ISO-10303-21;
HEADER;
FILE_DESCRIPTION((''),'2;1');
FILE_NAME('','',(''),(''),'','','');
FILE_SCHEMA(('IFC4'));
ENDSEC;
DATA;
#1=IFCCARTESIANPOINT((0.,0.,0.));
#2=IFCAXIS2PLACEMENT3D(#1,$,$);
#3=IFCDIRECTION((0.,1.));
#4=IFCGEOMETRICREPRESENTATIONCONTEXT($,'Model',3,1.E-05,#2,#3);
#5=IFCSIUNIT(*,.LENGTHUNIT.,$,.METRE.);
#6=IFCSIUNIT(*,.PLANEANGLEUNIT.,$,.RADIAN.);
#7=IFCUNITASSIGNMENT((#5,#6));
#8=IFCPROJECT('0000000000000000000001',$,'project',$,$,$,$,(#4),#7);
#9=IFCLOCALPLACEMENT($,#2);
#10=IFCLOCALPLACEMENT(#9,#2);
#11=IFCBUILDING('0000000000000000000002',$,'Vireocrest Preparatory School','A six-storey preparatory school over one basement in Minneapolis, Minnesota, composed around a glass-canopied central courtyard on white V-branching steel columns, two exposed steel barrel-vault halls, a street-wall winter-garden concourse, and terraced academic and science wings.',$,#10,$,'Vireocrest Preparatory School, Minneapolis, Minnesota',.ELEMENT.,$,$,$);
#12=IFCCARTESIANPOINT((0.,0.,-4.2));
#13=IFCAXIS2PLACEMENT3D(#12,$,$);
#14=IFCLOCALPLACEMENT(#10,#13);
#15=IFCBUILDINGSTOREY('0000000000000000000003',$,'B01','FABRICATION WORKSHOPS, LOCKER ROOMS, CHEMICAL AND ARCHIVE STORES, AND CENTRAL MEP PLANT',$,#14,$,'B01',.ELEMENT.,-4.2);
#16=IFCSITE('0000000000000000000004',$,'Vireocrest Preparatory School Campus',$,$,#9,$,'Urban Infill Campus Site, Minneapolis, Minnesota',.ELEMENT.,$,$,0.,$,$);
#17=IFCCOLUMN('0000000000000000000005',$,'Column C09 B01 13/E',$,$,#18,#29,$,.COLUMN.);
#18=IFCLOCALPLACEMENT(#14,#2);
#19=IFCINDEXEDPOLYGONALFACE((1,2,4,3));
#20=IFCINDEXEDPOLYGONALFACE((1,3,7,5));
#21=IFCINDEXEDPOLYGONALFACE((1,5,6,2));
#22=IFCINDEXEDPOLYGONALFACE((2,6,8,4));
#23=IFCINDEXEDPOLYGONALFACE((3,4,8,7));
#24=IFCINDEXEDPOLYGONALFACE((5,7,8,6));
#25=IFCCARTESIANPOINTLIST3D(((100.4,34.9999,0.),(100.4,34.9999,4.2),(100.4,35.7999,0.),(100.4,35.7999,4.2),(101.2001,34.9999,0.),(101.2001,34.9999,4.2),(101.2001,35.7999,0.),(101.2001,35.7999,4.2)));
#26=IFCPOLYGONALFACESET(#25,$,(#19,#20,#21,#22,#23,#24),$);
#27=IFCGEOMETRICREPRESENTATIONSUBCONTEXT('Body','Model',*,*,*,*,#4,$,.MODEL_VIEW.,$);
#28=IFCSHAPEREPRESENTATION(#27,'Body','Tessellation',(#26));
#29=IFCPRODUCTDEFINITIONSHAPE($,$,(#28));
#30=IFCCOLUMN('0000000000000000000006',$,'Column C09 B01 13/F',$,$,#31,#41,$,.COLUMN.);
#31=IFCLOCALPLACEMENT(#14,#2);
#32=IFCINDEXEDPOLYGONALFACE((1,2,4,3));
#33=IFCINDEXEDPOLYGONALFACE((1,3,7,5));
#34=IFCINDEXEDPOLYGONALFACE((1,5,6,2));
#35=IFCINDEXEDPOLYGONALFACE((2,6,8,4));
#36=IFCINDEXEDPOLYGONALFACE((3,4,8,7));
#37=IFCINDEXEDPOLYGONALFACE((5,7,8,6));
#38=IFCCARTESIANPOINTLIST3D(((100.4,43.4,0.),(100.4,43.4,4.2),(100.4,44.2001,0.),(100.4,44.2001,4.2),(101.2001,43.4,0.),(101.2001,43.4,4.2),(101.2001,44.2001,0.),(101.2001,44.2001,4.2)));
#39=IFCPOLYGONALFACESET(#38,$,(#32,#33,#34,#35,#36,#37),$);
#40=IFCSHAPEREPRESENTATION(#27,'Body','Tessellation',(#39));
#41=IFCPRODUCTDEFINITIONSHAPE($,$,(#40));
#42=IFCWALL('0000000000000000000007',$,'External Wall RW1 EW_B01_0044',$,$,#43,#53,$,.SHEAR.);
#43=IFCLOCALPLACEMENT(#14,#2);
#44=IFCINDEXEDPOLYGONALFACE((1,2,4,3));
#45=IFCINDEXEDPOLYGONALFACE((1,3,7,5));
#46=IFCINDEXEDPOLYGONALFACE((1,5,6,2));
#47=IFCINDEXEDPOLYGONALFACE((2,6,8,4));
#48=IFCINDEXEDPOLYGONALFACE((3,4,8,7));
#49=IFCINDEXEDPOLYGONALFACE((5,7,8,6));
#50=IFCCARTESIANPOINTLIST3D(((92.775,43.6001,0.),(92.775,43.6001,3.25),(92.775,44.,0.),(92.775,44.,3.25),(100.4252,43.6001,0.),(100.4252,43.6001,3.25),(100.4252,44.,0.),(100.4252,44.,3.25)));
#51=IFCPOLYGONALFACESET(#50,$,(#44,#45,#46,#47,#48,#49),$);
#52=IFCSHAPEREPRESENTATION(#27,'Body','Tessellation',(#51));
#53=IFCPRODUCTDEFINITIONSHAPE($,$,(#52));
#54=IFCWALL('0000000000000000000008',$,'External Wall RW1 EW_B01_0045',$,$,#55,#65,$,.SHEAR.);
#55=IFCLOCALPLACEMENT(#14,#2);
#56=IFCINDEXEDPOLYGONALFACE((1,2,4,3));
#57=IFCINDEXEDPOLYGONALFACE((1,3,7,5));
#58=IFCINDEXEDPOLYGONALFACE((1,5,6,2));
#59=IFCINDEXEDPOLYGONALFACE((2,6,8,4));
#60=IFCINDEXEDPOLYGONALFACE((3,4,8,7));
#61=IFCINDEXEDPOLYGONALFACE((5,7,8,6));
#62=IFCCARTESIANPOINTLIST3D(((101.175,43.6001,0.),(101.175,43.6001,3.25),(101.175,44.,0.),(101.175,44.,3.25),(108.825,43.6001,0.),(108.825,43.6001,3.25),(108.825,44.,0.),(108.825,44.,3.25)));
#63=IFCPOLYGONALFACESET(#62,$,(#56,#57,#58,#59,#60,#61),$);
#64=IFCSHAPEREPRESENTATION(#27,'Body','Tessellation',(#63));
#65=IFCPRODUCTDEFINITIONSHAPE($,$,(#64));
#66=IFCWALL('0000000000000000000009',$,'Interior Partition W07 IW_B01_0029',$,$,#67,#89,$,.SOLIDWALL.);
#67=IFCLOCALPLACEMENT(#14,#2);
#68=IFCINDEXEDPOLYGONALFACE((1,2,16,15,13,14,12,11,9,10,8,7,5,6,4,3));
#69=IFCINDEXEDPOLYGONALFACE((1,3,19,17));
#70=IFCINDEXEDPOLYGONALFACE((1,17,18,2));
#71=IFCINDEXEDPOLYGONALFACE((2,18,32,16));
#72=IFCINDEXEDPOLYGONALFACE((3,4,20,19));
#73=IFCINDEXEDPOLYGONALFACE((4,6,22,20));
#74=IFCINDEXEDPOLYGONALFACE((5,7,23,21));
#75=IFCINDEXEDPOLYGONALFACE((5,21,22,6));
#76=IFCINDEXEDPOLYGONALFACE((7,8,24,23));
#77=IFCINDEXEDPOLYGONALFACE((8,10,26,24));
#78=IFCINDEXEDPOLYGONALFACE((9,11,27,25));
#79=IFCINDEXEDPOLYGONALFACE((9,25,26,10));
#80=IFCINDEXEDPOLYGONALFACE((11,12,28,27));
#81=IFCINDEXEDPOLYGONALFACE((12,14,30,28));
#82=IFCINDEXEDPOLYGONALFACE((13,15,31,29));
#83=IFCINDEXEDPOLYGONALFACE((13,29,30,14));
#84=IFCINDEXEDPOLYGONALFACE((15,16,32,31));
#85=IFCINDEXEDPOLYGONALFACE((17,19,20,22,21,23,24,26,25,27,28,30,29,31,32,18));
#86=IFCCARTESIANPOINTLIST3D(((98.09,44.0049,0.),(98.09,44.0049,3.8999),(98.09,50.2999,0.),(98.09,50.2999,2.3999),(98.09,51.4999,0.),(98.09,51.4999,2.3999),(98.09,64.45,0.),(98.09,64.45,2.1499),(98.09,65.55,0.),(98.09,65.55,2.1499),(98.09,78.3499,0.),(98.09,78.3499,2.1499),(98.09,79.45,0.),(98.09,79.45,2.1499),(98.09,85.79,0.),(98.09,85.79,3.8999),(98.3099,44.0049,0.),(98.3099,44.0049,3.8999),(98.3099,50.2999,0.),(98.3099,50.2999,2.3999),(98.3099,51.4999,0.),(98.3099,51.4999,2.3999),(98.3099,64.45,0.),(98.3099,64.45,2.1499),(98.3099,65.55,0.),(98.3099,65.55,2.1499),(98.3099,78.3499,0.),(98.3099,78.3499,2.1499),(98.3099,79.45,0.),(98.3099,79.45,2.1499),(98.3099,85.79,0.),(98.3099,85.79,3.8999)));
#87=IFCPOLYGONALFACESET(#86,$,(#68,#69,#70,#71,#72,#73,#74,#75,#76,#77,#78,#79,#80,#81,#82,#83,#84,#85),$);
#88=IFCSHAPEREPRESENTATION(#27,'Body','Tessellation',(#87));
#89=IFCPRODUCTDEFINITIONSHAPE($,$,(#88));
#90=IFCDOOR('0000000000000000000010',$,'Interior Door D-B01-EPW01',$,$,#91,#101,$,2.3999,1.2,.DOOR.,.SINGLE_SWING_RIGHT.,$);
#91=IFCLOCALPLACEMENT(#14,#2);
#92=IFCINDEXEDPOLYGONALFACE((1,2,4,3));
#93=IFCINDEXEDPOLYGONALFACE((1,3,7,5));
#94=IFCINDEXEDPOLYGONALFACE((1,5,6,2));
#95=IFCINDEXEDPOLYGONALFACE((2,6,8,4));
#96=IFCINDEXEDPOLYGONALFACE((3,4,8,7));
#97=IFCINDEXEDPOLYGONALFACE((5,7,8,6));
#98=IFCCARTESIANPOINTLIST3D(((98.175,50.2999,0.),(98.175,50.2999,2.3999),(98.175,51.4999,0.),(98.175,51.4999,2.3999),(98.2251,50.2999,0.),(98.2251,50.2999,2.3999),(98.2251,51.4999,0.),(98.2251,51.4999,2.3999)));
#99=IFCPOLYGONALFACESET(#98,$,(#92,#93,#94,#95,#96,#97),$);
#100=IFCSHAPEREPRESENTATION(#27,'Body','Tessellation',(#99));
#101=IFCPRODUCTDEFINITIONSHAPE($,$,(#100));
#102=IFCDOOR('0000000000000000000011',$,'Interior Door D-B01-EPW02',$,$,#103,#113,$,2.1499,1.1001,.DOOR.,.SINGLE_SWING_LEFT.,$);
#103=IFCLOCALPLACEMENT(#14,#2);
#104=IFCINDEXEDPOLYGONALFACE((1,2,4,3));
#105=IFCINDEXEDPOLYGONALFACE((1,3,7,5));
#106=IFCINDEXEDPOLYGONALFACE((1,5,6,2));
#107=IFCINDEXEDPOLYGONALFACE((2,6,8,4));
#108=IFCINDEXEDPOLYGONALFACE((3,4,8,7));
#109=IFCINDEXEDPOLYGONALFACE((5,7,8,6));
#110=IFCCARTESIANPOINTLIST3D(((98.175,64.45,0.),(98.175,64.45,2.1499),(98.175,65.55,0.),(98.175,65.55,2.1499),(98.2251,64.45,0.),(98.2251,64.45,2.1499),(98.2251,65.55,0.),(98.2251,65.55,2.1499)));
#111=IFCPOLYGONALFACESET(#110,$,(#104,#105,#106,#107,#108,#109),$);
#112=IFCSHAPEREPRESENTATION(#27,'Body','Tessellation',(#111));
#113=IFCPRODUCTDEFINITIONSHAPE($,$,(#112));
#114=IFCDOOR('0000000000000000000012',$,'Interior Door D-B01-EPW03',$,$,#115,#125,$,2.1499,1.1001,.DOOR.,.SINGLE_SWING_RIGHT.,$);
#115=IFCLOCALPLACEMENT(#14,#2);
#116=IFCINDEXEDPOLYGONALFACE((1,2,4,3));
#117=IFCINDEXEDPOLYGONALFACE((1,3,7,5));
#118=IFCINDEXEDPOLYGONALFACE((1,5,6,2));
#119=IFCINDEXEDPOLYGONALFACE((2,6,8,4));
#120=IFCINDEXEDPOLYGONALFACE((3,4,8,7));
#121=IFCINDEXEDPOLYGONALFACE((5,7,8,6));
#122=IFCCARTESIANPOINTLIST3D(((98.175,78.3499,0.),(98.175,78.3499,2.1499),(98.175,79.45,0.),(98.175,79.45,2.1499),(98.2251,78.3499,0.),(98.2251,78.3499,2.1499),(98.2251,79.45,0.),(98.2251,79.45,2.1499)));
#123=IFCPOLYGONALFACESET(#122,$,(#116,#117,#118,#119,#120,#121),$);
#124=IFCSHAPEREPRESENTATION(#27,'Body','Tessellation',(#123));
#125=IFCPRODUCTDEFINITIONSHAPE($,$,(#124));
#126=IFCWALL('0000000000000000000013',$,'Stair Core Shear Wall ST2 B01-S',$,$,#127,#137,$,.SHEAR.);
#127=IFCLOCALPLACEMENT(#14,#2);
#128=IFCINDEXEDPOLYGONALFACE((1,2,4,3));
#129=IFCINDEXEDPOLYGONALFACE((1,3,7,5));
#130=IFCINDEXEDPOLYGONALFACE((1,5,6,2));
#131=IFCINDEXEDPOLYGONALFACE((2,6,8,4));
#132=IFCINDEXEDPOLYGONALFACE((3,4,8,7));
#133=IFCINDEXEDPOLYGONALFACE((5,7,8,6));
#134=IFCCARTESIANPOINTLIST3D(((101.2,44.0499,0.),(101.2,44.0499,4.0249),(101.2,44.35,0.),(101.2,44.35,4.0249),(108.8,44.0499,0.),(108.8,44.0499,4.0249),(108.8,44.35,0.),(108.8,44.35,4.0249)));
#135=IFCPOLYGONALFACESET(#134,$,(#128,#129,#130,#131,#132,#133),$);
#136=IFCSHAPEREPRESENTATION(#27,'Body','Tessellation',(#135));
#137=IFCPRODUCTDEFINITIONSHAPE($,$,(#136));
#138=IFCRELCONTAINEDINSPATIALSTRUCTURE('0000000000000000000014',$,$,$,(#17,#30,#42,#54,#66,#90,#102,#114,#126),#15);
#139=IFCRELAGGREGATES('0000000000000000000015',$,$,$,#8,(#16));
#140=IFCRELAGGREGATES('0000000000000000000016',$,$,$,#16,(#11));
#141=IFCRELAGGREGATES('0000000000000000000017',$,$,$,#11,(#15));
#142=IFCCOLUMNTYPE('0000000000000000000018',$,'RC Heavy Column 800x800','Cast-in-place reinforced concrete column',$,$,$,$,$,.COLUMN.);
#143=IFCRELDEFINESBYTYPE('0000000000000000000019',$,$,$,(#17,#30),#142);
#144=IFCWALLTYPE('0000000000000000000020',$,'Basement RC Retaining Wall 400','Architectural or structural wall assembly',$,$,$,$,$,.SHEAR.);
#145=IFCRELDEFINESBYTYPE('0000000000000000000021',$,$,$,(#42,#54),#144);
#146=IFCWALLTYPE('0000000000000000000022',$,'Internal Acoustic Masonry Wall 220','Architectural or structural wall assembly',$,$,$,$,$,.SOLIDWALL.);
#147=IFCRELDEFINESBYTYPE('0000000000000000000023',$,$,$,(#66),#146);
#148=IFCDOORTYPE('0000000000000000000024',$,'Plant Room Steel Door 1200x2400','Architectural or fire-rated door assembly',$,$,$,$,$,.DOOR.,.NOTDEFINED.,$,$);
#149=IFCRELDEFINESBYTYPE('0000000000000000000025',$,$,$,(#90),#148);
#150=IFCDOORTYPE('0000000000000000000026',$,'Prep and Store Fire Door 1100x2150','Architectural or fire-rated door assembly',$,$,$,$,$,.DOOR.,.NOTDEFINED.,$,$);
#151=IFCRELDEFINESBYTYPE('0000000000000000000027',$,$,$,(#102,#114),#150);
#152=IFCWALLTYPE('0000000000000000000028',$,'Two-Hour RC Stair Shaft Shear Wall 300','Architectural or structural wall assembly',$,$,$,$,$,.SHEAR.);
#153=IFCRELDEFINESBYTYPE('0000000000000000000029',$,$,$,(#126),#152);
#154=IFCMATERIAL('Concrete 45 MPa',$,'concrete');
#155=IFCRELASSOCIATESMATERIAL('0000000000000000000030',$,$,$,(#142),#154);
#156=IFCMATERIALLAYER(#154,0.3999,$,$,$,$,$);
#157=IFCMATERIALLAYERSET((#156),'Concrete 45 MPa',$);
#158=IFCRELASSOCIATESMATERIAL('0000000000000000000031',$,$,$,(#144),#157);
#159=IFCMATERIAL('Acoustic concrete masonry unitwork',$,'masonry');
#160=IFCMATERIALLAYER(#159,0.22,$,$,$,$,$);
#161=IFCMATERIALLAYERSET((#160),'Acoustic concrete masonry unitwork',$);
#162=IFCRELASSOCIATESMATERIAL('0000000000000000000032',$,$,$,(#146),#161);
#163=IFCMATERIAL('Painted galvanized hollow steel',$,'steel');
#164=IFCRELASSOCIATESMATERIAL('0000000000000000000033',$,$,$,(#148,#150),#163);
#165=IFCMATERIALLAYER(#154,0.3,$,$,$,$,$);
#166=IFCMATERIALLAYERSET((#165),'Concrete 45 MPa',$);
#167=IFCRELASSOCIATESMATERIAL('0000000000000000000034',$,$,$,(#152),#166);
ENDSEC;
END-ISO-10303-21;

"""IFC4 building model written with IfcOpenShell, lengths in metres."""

from ifc_helpers import new_model, si_unit, direction, frame, frame_2d, origin, origin_2d, place, context, subcontext, project, spatial, rectangle, extrude, material, layer, layer_set, material_profile, profile_set, type_object, element, fill, save


model = new_model("IFC4")

# Units and contexts
model_context = context("Model", 3, precision=1e-05, world=origin(), true_north=direction((0.0, 1.0)))
body_context = subcontext(model_context, "Body", "Model", "MODEL_VIEW")
ifc_project = project(units=[si_unit("LENGTHUNIT", "METRE"), si_unit("PLANEANGLEUNIT", "RADIAN")], contexts=[model_context])

# Site, building, storey
site_placement = place(None, origin())
site = spatial("IfcSite", under=ifc_project, at=site_placement, Name="Vireocrest Preparatory School Campus", LongName="Urban Infill Campus Site, Minneapolis, Minnesota", CompositionType="ELEMENT", RefElevation=0.0)
building_placement = place(site_placement, origin())
building = spatial("IfcBuilding", under=site, at=building_placement, Name="Vireocrest Preparatory School", Description="A six-storey preparatory school over one basement in Minneapolis, Minnesota, composed around a glass-canopied central courtyard on white V-branching steel columns, two exposed steel barrel-vault halls, a street-wall winter-garden concourse, and terraced academic and science wings.", LongName="Vireocrest Preparatory School, Minneapolis, Minnesota", CompositionType="ELEMENT")
storey_placement = place(building_placement, frame((0.0, 0.0, -4.2)))
storey = spatial("IfcBuildingStorey", under=building, at=storey_placement, Name="B01", Description="FABRICATION WORKSHOPS, LOCKER ROOMS, CHEMICAL AND ARCHIVE STORES, AND CENTRAL MEP PLANT", LongName="B01", CompositionType="ELEMENT", Elevation=-4.2)

# Columns
ifc_material_1 = material(Name="Concrete 45 MPa", Category="concrete")
ifc_material_profile_1 = material_profile(ifc_material_1, rectangle(XDim=0.8, YDim=0.8, at=origin_2d()), Name="RC 800x800")
ifc_profile_set_1 = profile_set([ifc_material_profile_1], Name="Concrete 45 MPa")
column_type = type_object("IfcColumnType", Name="RC Heavy Column 800x800", Description="Cast-in-place reinforced concrete column", PredefinedType="COLUMN", material=ifc_profile_set_1)
for number, where, z_axis, x_axis, name in (
    (1, (100.8, 35.3999, 0.0), (0.0, 0.0, 1.0), (1.0, 0.0, 0.0), "Column C09 B01 13/E"),
    (2, (100.8, 43.8, 0.0), (0.0, 0.0, 1.0), (1.0, 0.0, 0.0), "Column C09 B01 13/F"),
):
    element("IfcColumn", number, at=place(storey_placement, frame(where, z_axis=z_axis, x_axis=x_axis)), inside=storey, type_object=column_type, Name=name, PredefinedType="COLUMN", context=body_context, shape_type="SweptSolid", body=[
        extrude(rectangle(XDim=0.8, YDim=0.8, at=origin_2d()), origin(), (0.0, 0.0, 1.0), 4.2),
    ])

# Walls
ifc_layer_1 = layer(ifc_material_1, 0.3999)
ifc_layer_set_1 = layer_set([ifc_layer_1], Name="Concrete 45 MPa")
wall_type_1 = type_object("IfcWallType", Name="Basement RC Retaining Wall 400", Description="Architectural or structural wall assembly", PredefinedType="SHEAR", material=ifc_layer_set_1)
wall_1_placement = place(storey_placement, frame((92.7749, 43.8, 0.0), z_axis=(0.0, 0.0, 1.0), x_axis=(1.0, 0.0, 0.0)))
element("IfcWall", 3, at=wall_1_placement, inside=storey, type_object=wall_type_1, Name="External Wall RW1 EW_B01_0044", PredefinedType="SHEAR", context=body_context, shape_type="SweptSolid", body=[
    extrude(rectangle(XDim=7.6501, YDim=0.3999, at=frame_2d((3.8252, 0.0))), origin(), (0.0, 0.0, 1.0), 3.25),
])
wall_2_placement = place(storey_placement, frame((101.175, 43.8, 0.0), z_axis=(0.0, 0.0, 1.0), x_axis=(1.0, 0.0, 0.0)))
element("IfcWall", 4, at=wall_2_placement, inside=storey, type_object=wall_type_1, Name="External Wall RW1 EW_B01_0045", PredefinedType="SHEAR", context=body_context, shape_type="SweptSolid", body=[
    extrude(rectangle(XDim=7.6499, YDim=0.3999, at=frame_2d((3.825, 0.0))), origin(), (0.0, 0.0, 1.0), 3.25),
])

# Wall, openings, doors
ifc_material_2 = material(Name="Acoustic concrete masonry unitwork", Category="masonry")
ifc_layer_2 = layer(ifc_material_2, 0.22)
ifc_layer_set_2 = layer_set([ifc_layer_2], Name="Acoustic concrete masonry unitwork")
wall_type_2 = type_object("IfcWallType", Name="Internal Acoustic Masonry Wall 220", Description="Architectural or structural wall assembly", PredefinedType="SOLIDWALL", material=ifc_layer_set_2)
wall_3_placement = place(storey_placement, frame((98.2, 44.0049, 0.0), z_axis=(0.0, 0.0, 1.0), x_axis=(0.0, 1.0, 0.0)))
wall_3 = element("IfcWall", 5, at=wall_3_placement, inside=storey, type_object=wall_type_2, Name="Interior Partition W07 IW_B01_0029", PredefinedType="SOLIDWALL", context=body_context, shape_type="SweptSolid", body=[
    extrude(rectangle(XDim=41.7852, YDim=0.22, at=frame_2d((20.8926, 0.0))), origin(), (0.0, 0.0, 1.0), 3.8999),
])
opening_1_placement = place(wall_3_placement, frame((6.2949, 0.0, 0.0)))
opening_1 = element("IfcOpeningElement", 6, at=opening_1_placement, cuts=wall_3, PredefinedType="OPENING", context=body_context, shape_type="SweptSolid", body=[
    extrude(rectangle(XDim=1.2, YDim=2.3999, at=frame_2d((0.6001, 1.2))), frame((0.0, 0.1199, 0.0), z_axis=(0.0, -1.0, 0.0), x_axis=(1.0, 0.0, 0.0)), (0.0, 0.0, 1.0), 0.24),
])
opening_2_placement = place(wall_3_placement, frame((20.4451, 0.0, 0.0)))
opening_2 = element("IfcOpeningElement", 7, at=opening_2_placement, cuts=wall_3, PredefinedType="OPENING", context=body_context, shape_type="SweptSolid", body=[
    extrude(rectangle(XDim=1.1001, YDim=2.1499, at=frame_2d((0.55, 1.075))), frame((0.0, 0.1199, 0.0), z_axis=(0.0, -1.0, 0.0), x_axis=(1.0, 0.0, 0.0)), (0.0, 0.0, 1.0), 0.24),
])
opening_3_placement = place(wall_3_placement, frame((34.345, 0.0, 0.0)))
opening_3 = element("IfcOpeningElement", 8, at=opening_3_placement, cuts=wall_3, PredefinedType="OPENING", context=body_context, shape_type="SweptSolid", body=[
    extrude(rectangle(XDim=1.1001, YDim=2.1499, at=frame_2d((0.55, 1.075))), frame((0.0, 0.1199, 0.0), z_axis=(0.0, -1.0, 0.0), x_axis=(1.0, 0.0, 0.0)), (0.0, 0.0, 1.0), 0.24),
])
ifc_material_3 = material(Name="Painted galvanized hollow steel", Category="steel")
door_type_1 = type_object("IfcDoorType", Name="Plant Room Steel Door 1200x2400", Description="Architectural or fire-rated door assembly", OperationType="NOTDEFINED", PredefinedType="DOOR", material=ifc_material_3)
door_1_placement = place(opening_1_placement, origin())
door_1 = element("IfcDoor", 9, at=door_1_placement, inside=storey, type_object=door_type_1, Name="Interior Door D-B01-EPW01", OperationType="SINGLE_SWING_RIGHT", OverallHeight=2.3999, OverallWidth=1.2, PredefinedType="DOOR", context=body_context, shape_type="SweptSolid", body=[
    extrude(rectangle(XDim=1.2, YDim=2.3999, at=frame_2d((0.6001, 1.2))), frame((0.0, 0.0249, 0.0), z_axis=(0.0, -1.0, 0.0), x_axis=(1.0, 0.0, 0.0)), (0.0, 0.0, 1.0), 0.05),
])
fill(opening_1, door_1)
door_type_2 = type_object("IfcDoorType", Name="Prep and Store Fire Door 1100x2150", Description="Architectural or fire-rated door assembly", OperationType="NOTDEFINED", PredefinedType="DOOR", material=ifc_material_3)
door_2_placement = place(opening_2_placement, origin())
door_2 = element("IfcDoor", 10, at=door_2_placement, inside=storey, type_object=door_type_2, Name="Interior Door D-B01-EPW02", OperationType="SINGLE_SWING_LEFT", OverallHeight=2.1499, OverallWidth=1.1001, PredefinedType="DOOR", context=body_context, shape_type="SweptSolid", body=[
    extrude(rectangle(XDim=1.1001, YDim=2.1499, at=frame_2d((0.55, 1.075))), frame((0.0, 0.0249, 0.0), z_axis=(0.0, -1.0, 0.0), x_axis=(1.0, 0.0, 0.0)), (0.0, 0.0, 1.0), 0.05),
])
fill(opening_2, door_2)
door_3_placement = place(opening_3_placement, origin())
door_3 = element("IfcDoor", 11, at=door_3_placement, inside=storey, type_object=door_type_2, Name="Interior Door D-B01-EPW03", OperationType="SINGLE_SWING_RIGHT", OverallHeight=2.1499, OverallWidth=1.1001, PredefinedType="DOOR", context=body_context, shape_type="SweptSolid", body=[
    extrude(rectangle(XDim=1.1001, YDim=2.1499, at=frame_2d((0.55, 1.075))), frame((0.0, 0.0249, 0.0), z_axis=(0.0, -1.0, 0.0), x_axis=(1.0, 0.0, 0.0)), (0.0, 0.0, 1.0), 0.05),
])
fill(opening_3, door_3)

# Wall
ifc_layer_3 = layer(ifc_material_1, 0.3)
ifc_layer_set_3 = layer_set([ifc_layer_3], Name="Concrete 45 MPa")
wall_type_3 = type_object("IfcWallType", Name="Two-Hour RC Stair Shaft Shear Wall 300", Description="Architectural or structural wall assembly", PredefinedType="SHEAR", material=ifc_layer_set_3)
wall_4_placement = place(storey_placement, frame((101.2, 44.2, 0.0), z_axis=(0.0, 0.0, 1.0), x_axis=(1.0, 0.0, 0.0)))
element("IfcWall", 12, at=wall_4_placement, inside=storey, type_object=wall_type_3, Name="Stair Core Shear Wall ST2 B01-S", PredefinedType="SHEAR", context=body_context, shape_type="SweptSolid", body=[
    extrude(rectangle(XDim=7.6001, YDim=0.3, at=frame_2d((3.8, 0.0))), origin(), (0.0, 0.0, 1.0), 4.0249),
])

save(model, "model.ifc")
